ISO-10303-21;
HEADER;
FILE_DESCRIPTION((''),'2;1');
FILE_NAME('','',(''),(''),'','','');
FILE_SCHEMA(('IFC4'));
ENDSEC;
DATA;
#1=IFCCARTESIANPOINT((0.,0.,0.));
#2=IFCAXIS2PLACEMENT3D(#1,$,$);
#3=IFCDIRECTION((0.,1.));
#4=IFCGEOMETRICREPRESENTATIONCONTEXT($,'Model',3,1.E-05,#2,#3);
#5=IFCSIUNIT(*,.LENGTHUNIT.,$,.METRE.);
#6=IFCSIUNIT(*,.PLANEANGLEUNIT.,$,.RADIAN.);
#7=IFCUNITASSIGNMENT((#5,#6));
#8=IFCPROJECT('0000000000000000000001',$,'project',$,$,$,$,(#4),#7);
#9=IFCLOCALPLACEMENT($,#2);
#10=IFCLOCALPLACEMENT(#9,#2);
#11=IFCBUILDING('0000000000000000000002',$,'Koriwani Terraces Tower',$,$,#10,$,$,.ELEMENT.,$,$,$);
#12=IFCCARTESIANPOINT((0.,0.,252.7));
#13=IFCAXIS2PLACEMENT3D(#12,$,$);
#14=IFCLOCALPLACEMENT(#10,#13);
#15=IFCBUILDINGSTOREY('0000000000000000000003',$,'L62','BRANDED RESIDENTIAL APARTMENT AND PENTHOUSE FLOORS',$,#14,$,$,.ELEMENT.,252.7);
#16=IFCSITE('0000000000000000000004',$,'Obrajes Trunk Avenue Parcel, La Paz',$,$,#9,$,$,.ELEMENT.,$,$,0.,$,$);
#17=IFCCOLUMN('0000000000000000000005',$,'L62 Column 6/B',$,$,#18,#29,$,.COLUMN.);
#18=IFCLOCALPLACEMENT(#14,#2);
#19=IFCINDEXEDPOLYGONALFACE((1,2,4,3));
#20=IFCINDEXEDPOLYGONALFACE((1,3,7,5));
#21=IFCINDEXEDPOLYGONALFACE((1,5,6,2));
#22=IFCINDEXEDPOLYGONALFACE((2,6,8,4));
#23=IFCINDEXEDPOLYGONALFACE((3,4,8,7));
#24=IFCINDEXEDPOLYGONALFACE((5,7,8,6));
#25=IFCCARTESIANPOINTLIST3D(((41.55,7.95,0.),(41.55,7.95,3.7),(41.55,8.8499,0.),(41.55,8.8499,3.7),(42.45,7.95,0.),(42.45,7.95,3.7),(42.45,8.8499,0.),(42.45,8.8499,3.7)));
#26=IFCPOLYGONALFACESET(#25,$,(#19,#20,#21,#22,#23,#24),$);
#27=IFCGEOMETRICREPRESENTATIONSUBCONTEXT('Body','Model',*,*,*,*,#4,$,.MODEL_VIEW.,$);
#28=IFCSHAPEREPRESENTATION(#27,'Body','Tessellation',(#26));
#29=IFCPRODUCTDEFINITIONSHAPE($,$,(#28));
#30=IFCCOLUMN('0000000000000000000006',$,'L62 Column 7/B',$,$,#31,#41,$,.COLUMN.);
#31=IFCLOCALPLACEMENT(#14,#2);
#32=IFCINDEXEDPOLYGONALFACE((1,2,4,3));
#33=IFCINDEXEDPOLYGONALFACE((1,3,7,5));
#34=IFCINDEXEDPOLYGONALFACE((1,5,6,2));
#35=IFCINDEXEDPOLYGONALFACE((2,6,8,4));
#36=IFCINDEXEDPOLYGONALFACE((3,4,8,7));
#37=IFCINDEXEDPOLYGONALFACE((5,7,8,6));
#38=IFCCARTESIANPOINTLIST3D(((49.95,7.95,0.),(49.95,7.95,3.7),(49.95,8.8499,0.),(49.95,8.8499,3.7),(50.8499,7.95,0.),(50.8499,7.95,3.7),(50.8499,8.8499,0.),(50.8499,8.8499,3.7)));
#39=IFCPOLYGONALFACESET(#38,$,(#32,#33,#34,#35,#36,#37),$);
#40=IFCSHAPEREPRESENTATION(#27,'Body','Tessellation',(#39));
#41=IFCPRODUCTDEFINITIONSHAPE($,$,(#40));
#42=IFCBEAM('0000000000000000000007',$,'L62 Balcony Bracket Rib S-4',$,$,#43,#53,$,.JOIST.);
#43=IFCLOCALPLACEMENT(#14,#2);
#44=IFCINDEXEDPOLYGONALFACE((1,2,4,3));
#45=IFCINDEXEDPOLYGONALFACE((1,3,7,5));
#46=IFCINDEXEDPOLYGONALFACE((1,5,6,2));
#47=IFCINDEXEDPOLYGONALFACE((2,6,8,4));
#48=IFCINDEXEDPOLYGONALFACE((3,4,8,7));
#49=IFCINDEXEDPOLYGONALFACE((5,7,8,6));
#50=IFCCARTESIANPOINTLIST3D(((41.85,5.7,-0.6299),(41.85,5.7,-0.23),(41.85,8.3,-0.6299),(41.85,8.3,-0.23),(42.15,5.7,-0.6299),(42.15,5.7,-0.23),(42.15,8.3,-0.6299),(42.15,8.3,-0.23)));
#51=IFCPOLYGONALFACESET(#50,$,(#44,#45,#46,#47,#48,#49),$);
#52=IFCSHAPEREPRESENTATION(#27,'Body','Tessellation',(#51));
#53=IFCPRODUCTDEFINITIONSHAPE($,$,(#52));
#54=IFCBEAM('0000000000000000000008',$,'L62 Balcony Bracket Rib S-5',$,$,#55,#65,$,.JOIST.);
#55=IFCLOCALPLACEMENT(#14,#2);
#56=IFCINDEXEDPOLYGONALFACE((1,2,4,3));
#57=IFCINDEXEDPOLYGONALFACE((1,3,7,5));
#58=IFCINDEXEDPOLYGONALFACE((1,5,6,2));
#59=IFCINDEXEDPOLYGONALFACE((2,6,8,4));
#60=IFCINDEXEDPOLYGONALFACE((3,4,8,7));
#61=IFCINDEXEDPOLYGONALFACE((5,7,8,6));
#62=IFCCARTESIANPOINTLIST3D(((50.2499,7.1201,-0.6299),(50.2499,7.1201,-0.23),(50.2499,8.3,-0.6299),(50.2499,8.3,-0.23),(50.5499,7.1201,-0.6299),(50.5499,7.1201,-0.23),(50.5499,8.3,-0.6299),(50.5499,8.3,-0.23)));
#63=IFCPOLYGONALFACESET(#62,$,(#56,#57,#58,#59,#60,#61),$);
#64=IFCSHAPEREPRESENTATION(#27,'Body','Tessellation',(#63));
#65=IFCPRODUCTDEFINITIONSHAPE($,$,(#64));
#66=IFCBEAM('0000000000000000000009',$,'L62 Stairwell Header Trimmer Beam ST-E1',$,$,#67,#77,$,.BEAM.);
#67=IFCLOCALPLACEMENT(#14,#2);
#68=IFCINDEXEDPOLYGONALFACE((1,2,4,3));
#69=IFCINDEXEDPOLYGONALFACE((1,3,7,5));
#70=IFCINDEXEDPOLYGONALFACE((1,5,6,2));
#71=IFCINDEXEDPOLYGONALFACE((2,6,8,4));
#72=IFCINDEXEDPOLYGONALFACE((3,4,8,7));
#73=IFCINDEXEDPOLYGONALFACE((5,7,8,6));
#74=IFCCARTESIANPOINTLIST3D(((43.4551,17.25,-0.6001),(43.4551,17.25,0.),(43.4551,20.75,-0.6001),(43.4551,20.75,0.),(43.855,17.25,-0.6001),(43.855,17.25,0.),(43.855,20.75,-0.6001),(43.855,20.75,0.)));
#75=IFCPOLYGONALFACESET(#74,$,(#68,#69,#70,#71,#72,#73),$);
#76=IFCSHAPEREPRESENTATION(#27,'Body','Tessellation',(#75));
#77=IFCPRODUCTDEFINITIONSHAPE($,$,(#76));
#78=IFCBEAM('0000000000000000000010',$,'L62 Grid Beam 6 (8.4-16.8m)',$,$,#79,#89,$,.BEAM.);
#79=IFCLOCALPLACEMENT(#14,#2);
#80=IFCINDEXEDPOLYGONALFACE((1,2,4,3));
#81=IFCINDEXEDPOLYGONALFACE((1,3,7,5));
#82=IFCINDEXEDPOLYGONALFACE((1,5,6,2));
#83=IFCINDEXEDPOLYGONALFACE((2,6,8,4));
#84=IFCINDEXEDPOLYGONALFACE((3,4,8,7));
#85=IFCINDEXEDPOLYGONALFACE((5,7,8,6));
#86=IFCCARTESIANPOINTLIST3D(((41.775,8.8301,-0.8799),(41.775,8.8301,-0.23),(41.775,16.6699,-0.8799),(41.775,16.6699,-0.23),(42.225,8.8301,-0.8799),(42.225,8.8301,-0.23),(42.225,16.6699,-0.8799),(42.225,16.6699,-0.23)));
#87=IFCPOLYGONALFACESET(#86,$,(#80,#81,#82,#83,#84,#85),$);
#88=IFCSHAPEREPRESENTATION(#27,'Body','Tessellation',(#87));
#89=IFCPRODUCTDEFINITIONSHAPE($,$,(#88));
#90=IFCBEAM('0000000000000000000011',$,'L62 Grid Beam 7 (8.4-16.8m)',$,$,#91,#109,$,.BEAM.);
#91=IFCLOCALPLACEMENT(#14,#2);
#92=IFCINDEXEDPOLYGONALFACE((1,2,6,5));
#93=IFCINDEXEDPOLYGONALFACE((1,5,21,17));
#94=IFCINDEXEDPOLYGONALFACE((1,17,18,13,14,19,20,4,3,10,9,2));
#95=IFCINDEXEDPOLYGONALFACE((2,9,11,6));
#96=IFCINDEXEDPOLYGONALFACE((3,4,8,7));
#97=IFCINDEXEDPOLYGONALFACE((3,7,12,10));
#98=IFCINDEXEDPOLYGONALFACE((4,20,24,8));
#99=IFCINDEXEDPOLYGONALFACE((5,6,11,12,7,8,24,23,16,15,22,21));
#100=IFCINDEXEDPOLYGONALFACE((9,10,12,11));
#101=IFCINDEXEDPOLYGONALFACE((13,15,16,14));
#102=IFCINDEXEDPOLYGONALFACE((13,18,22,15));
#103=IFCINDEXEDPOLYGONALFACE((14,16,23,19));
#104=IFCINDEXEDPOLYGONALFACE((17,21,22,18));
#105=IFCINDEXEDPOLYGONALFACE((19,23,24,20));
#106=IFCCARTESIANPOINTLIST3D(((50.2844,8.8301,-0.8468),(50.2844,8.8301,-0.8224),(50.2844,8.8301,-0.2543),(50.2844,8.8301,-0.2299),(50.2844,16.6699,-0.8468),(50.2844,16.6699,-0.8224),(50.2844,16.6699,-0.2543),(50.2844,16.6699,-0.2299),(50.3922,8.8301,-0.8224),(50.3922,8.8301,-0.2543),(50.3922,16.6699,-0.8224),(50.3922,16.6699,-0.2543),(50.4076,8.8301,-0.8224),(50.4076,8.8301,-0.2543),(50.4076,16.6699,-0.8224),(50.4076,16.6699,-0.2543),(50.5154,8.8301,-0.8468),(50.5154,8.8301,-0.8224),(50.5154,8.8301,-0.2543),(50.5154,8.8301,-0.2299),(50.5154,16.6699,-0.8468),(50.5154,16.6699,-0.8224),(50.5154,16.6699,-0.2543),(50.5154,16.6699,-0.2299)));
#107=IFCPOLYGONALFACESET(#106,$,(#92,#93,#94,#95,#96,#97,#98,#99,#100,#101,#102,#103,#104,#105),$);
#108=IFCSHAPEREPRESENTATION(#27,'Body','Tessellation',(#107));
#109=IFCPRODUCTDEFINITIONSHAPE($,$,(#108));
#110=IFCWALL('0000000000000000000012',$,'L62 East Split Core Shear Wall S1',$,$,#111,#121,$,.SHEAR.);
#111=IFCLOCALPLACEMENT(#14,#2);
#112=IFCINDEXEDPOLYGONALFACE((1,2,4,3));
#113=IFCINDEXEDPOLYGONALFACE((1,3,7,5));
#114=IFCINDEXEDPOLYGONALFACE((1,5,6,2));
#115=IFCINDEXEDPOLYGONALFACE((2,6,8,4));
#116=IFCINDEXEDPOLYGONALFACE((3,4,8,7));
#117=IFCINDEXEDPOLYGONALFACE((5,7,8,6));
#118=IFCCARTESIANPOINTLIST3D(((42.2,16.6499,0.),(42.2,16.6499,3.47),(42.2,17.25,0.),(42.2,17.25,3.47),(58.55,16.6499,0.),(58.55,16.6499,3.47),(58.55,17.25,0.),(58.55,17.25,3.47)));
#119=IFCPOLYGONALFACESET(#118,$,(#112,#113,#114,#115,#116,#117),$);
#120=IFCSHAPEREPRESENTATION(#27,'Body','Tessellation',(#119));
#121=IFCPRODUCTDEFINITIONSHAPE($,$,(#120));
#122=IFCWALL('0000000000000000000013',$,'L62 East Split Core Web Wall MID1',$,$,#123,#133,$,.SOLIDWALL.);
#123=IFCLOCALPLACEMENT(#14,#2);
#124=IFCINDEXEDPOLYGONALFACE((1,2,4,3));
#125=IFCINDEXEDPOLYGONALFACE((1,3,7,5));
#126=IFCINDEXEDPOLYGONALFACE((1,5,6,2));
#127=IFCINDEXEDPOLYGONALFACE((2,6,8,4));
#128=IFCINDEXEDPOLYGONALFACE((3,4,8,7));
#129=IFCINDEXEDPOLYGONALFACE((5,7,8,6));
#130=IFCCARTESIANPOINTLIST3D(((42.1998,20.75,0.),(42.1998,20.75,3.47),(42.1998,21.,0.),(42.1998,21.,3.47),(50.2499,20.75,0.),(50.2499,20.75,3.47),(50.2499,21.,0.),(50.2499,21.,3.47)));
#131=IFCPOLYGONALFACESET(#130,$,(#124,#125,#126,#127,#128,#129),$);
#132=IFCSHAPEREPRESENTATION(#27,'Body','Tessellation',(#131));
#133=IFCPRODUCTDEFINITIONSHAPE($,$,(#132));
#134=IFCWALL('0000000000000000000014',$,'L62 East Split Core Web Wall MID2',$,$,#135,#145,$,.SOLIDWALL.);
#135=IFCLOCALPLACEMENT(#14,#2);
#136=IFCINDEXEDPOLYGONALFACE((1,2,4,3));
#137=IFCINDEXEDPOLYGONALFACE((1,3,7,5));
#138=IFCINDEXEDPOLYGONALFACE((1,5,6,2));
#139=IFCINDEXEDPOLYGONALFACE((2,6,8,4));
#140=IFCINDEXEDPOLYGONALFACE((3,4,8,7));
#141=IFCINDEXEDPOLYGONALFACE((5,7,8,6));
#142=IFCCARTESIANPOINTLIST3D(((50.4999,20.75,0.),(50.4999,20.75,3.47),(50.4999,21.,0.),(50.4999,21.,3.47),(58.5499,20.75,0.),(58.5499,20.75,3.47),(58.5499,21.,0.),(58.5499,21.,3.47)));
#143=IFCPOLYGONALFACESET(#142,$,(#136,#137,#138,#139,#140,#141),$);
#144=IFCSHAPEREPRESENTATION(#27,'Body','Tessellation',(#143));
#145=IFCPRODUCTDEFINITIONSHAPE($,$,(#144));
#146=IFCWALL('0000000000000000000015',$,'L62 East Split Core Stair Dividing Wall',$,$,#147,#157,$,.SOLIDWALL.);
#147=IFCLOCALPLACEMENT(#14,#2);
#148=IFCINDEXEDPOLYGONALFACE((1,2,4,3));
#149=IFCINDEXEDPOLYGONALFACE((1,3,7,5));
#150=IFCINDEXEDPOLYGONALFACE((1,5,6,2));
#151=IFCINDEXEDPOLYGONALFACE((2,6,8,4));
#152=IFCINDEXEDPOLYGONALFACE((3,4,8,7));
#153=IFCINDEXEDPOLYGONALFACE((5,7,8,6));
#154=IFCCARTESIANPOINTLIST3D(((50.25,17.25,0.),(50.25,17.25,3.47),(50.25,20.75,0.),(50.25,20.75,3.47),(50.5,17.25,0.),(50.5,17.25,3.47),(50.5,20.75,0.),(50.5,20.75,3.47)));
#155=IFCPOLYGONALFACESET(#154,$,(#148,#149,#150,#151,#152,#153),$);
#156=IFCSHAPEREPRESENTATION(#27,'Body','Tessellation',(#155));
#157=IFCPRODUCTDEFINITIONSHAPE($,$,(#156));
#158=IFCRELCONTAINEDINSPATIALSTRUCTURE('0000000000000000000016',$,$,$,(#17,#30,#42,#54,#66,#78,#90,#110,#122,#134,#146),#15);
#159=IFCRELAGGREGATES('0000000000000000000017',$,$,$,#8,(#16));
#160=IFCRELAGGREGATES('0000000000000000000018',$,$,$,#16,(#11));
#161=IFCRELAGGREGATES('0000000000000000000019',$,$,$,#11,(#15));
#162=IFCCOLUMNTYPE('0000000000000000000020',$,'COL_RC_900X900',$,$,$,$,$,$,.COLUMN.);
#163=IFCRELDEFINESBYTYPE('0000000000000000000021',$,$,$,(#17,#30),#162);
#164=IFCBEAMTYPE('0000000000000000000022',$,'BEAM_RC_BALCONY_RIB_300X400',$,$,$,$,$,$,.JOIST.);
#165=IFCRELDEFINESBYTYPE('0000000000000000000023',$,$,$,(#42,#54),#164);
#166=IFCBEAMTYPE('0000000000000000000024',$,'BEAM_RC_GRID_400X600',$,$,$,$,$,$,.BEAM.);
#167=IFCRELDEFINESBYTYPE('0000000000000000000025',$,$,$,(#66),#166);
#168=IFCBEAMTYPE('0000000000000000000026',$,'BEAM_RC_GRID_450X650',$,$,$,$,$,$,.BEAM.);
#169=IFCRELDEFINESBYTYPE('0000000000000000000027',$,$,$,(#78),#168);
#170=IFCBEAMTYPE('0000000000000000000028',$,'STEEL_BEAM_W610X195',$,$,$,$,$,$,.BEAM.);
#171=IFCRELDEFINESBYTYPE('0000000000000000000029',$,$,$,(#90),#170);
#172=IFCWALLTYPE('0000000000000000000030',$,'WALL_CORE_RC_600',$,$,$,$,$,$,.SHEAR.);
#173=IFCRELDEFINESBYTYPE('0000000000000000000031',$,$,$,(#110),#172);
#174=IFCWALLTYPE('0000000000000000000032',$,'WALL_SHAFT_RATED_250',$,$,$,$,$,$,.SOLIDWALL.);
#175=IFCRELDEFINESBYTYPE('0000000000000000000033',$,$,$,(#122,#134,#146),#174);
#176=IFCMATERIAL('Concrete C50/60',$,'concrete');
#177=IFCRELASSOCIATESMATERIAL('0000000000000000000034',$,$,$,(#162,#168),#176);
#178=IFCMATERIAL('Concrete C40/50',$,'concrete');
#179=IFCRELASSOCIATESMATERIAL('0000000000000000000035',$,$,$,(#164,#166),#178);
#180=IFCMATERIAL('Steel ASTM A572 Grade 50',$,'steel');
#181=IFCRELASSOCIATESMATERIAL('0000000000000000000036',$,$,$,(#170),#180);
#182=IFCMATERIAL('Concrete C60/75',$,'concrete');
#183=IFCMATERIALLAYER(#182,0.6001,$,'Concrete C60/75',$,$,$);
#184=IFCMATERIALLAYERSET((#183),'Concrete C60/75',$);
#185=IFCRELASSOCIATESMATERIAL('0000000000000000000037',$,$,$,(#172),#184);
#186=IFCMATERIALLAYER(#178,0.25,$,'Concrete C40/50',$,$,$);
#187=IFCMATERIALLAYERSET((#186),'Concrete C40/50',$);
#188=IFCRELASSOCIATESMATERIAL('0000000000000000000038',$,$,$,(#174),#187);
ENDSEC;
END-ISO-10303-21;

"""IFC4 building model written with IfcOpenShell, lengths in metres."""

from ifc_helpers import new_model, si_unit, direction, frame, frame_2d, origin, origin_2d, place, context, subcontext, project, spatial, rectangle, i_section, extrude, material, layer, layer_set, material_profile, profile_set, type_object, element, save


model = new_model("IFC4")

# Units and contexts
model_context = context("Model", 3, precision=1e-05, world=origin(), true_north=direction((0.0, 1.0)))
body_context = subcontext(model_context, "Body", "Model", "MODEL_VIEW")
ifc_project = project(units=[si_unit("LENGTHUNIT", "METRE"), si_unit("PLANEANGLEUNIT", "RADIAN")], contexts=[model_context])

# Site, building, storey
site_placement = place(None, origin())
site = spatial("IfcSite", under=ifc_project, at=site_placement, Name="Obrajes Trunk Avenue Parcel, La Paz", CompositionType="ELEMENT", RefElevation=0.0)
building_placement = place(site_placement, origin())
building = spatial("IfcBuilding", under=site, at=building_placement, Name="Koriwani Terraces Tower", CompositionType="ELEMENT")
storey_placement = place(building_placement, frame((0.0, 0.0, 252.7)))
storey = spatial("IfcBuildingStorey", under=building, at=storey_placement, Name="L62", Description="BRANDED RESIDENTIAL APARTMENT AND PENTHOUSE FLOORS", CompositionType="ELEMENT", Elevation=252.7)

# Columns
ifc_material_1 = material(Name="Concrete C50/60", Category="concrete")
ifc_material_profile_1 = material_profile(ifc_material_1, rectangle(XDim=0.8999, YDim=0.8999, at=origin_2d()), Name="Concrete C50/60", Category="LoadBearing")
ifc_profile_set_1 = profile_set([ifc_material_profile_1], Name="Concrete C50/60")
column_type = type_object("IfcColumnType", Name="COL_RC_900X900", PredefinedType="COLUMN", material=ifc_profile_set_1)
for number, where, z_axis, x_axis, name in (
    (1, (42.0, 8.3999, 0.0), (0.0, 0.0, 1.0), (1.0, 0.0, 0.0), "L62 Column 6/B"),
    (2, (50.3999, 8.3999, 0.0), (0.0, 0.0, 1.0), (1.0, 0.0, 0.0), "L62 Column 7/B"),
):
    element("IfcColumn", number, at=place(storey_placement, frame(where, z_axis=z_axis, x_axis=x_axis)), inside=storey, type_object=column_type, Name=name, PredefinedType="COLUMN", context=body_context, shape_type="SweptSolid", body=[
        extrude(rectangle(XDim=0.8999, YDim=0.8999, at=origin_2d()), origin(), (0.0, 0.0, 1.0), 3.7),
    ])

# Beams
ifc_material_2 = material(Name="Concrete C40/50", Category="concrete")
ifc_material_profile_2 = material_profile(ifc_material_2, rectangle(XDim=0.3, YDim=0.3999, at=origin_2d()), Name="Concrete C40/50", Category="LoadBearing")
ifc_profile_set_2 = profile_set([ifc_material_profile_2], Name="Concrete C40/50")
beam_type_1 = type_object("IfcBeamType", Name="BEAM_RC_BALCONY_RIB_300X400", PredefinedType="JOIST", material=ifc_profile_set_2)
beam_1_placement = place(storey_placement, frame((42.0, 5.7, -0.4299), z_axis=(0.0, 1.0, 0.0), x_axis=(-1.0, 0.0, 0.0)))
element("IfcBeam", 3, at=beam_1_placement, inside=storey, type_object=beam_type_1, Name="L62 Balcony Bracket Rib S-4", PredefinedType="JOIST", context=body_context, shape_type="SweptSolid", body=[
    extrude(rectangle(XDim=0.3, YDim=0.3999, at=origin_2d()), origin(), (0.0, 0.0, 1.0), 2.6001),
])
beam_2_placement = place(storey_placement, frame((50.3999, 7.1201, -0.4299), z_axis=(0.0, 1.0, 0.0), x_axis=(-1.0, 0.0, 0.0)))
element("IfcBeam", 4, at=beam_2_placement, inside=storey, type_object=beam_type_1, Name="L62 Balcony Bracket Rib S-5", PredefinedType="JOIST", context=body_context, shape_type="SweptSolid", body=[
    extrude(rectangle(XDim=0.3, YDim=0.3999, at=origin_2d()), origin(), (0.0, 0.0, 1.0), 1.1799),
])
ifc_material_profile_3 = material_profile(ifc_material_2, rectangle(XDim=0.3999, YDim=0.6001, at=origin_2d()), Name="Concrete C40/50", Category="LoadBearing")
ifc_profile_set_3 = profile_set([ifc_material_profile_3], Name="Concrete C40/50")
beam_type_2 = type_object("IfcBeamType", Name="BEAM_RC_GRID_400X600", PredefinedType="BEAM", material=ifc_profile_set_3)
beam_3_placement = place(storey_placement, frame((43.655, 17.25, -0.3), z_axis=(0.0, 1.0, 0.0), x_axis=(-1.0, 0.0, 0.0)))
element("IfcBeam", 5, at=beam_3_placement, inside=storey, type_object=beam_type_2, Name="L62 Stairwell Header Trimmer Beam ST-E1", PredefinedType="BEAM", context=body_context, shape_type="SweptSolid", body=[
    extrude(rectangle(XDim=0.3999, YDim=0.6001, at=origin_2d()), origin(), (0.0, 0.0, 1.0), 3.5),
])
ifc_material_profile_4 = material_profile(ifc_material_1, rectangle(XDim=0.45, YDim=0.6499, at=origin_2d()), Name="Concrete C50/60", Category="LoadBearing")
ifc_profile_set_4 = profile_set([ifc_material_profile_4], Name="Concrete C50/60")
beam_type_3 = type_object("IfcBeamType", Name="BEAM_RC_GRID_450X650", PredefinedType="BEAM", material=ifc_profile_set_4)
beam_4_placement = place(storey_placement, frame((42.0, 8.8301, -0.5549), z_axis=(0.0, 1.0, 0.0), x_axis=(-1.0, 0.0, 0.0)))
element("IfcBeam", 6, at=beam_4_placement, inside=storey, type_object=beam_type_3, Name="L62 Grid Beam 6 (8.4-16.8m)", PredefinedType="BEAM", context=body_context, shape_type="SweptSolid", body=[
    extrude(rectangle(XDim=0.45, YDim=0.6499, at=origin_2d()), origin(), (0.0, 0.0, 1.0), 7.8398),
])
ifc_material_3 = material(Name="Steel ASTM A572 Grade 50", Category="steel")
ifc_material_profile_5 = material_profile(ifc_material_3, i_section(OverallWidth=0.231, OverallDepth=0.6169, WebThickness=0.0154, FlangeThickness=0.0244, at=origin_2d()), Name="Steel ASTM A572 Grade 50", Category="LoadBearing")
ifc_profile_set_5 = profile_set([ifc_material_profile_5], Name="Steel ASTM A572 Grade 50")
beam_type_4 = type_object("IfcBeamType", Name="STEEL_BEAM_W610X195", PredefinedType="BEAM", material=ifc_profile_set_5)
beam_5_placement = place(storey_placement, frame((50.3999, 8.8301, -0.5383), z_axis=(0.0, 1.0, 0.0), x_axis=(-1.0, 0.0, 0.0)))
element("IfcBeam", 7, at=beam_5_placement, inside=storey, type_object=beam_type_4, Name="L62 Grid Beam 7 (8.4-16.8m)", PredefinedType="BEAM", context=body_context, shape_type="SweptSolid", body=[
    extrude(i_section(OverallWidth=0.231, OverallDepth=0.6169, WebThickness=0.0154, FlangeThickness=0.0244, at=origin_2d()), origin(), (0.0, 0.0, 1.0), 7.8398),
])

# Walls
ifc_material_4 = material(Name="Concrete C60/75", Category="concrete")
ifc_layer_1 = layer(ifc_material_4, 0.6001, Name="Concrete C60/75")
ifc_layer_set_1 = layer_set([ifc_layer_1], Name="Concrete C60/75")
wall_type_1 = type_object("IfcWallType", Name="WALL_CORE_RC_600", PredefinedType="SHEAR", material=ifc_layer_set_1)
wall_1_placement = place(storey_placement, frame((42.2, 16.95, 0.0), z_axis=(0.0, 0.0, 1.0), x_axis=(1.0, 0.0, 0.0)))
element("IfcWall", 8, at=wall_1_placement, inside=storey, type_object=wall_type_1, Name="L62 East Split Core Shear Wall S1", PredefinedType="SHEAR", context=body_context, shape_type="SweptSolid", body=[
    extrude(rectangle(XDim=16.3501, YDim=0.6001, at=frame_2d((8.175, 0.0))), origin(), (0.0, 0.0, 1.0), 3.47),
])
ifc_layer_2 = layer(ifc_material_2, 0.25, Name="Concrete C40/50")
ifc_layer_set_2 = layer_set([ifc_layer_2], Name="Concrete C40/50")
wall_type_2 = type_object("IfcWallType", Name="WALL_SHAFT_RATED_250", PredefinedType="SOLIDWALL", material=ifc_layer_set_2)
for number, where, z_axis, x_axis, name in (
    (9, (42.2, 20.875, 0.0), (0.0, 0.0, 1.0), (1.0, 0.0, 0.0), "L62 East Split Core Web Wall MID1"),
    (10, (50.5, 20.875, 0.0), (0.0, 0.0, 1.0), (1.0, 0.0, 0.0), "L62 East Split Core Web Wall MID2"),
):
    element("IfcWall", number, at=place(storey_placement, frame(where, z_axis=z_axis, x_axis=x_axis)), inside=storey, type_object=wall_type_2, Name=name, PredefinedType="SOLIDWALL", context=body_context, shape_type="SweptSolid", body=[
        extrude(rectangle(XDim=8.05, YDim=0.25, at=frame_2d((4.0249, 0.0))), origin(), (0.0, 0.0, 1.0), 3.47),
    ])
wall_2_placement = place(storey_placement, frame((50.375, 17.25, 0.0), z_axis=(0.0, 0.0, 1.0), x_axis=(0.0, 1.0, 0.0)))
element("IfcWall", 11, at=wall_2_placement, inside=storey, type_object=wall_type_2, Name="L62 East Split Core Stair Dividing Wall", PredefinedType="SOLIDWALL", context=body_context, shape_type="SweptSolid", body=[
    extrude(rectangle(XDim=3.5, YDim=0.25, at=frame_2d((1.75, 0.0))), origin(), (0.0, 0.0, 1.0), 3.47),
])

save(model, "model.ifc")
